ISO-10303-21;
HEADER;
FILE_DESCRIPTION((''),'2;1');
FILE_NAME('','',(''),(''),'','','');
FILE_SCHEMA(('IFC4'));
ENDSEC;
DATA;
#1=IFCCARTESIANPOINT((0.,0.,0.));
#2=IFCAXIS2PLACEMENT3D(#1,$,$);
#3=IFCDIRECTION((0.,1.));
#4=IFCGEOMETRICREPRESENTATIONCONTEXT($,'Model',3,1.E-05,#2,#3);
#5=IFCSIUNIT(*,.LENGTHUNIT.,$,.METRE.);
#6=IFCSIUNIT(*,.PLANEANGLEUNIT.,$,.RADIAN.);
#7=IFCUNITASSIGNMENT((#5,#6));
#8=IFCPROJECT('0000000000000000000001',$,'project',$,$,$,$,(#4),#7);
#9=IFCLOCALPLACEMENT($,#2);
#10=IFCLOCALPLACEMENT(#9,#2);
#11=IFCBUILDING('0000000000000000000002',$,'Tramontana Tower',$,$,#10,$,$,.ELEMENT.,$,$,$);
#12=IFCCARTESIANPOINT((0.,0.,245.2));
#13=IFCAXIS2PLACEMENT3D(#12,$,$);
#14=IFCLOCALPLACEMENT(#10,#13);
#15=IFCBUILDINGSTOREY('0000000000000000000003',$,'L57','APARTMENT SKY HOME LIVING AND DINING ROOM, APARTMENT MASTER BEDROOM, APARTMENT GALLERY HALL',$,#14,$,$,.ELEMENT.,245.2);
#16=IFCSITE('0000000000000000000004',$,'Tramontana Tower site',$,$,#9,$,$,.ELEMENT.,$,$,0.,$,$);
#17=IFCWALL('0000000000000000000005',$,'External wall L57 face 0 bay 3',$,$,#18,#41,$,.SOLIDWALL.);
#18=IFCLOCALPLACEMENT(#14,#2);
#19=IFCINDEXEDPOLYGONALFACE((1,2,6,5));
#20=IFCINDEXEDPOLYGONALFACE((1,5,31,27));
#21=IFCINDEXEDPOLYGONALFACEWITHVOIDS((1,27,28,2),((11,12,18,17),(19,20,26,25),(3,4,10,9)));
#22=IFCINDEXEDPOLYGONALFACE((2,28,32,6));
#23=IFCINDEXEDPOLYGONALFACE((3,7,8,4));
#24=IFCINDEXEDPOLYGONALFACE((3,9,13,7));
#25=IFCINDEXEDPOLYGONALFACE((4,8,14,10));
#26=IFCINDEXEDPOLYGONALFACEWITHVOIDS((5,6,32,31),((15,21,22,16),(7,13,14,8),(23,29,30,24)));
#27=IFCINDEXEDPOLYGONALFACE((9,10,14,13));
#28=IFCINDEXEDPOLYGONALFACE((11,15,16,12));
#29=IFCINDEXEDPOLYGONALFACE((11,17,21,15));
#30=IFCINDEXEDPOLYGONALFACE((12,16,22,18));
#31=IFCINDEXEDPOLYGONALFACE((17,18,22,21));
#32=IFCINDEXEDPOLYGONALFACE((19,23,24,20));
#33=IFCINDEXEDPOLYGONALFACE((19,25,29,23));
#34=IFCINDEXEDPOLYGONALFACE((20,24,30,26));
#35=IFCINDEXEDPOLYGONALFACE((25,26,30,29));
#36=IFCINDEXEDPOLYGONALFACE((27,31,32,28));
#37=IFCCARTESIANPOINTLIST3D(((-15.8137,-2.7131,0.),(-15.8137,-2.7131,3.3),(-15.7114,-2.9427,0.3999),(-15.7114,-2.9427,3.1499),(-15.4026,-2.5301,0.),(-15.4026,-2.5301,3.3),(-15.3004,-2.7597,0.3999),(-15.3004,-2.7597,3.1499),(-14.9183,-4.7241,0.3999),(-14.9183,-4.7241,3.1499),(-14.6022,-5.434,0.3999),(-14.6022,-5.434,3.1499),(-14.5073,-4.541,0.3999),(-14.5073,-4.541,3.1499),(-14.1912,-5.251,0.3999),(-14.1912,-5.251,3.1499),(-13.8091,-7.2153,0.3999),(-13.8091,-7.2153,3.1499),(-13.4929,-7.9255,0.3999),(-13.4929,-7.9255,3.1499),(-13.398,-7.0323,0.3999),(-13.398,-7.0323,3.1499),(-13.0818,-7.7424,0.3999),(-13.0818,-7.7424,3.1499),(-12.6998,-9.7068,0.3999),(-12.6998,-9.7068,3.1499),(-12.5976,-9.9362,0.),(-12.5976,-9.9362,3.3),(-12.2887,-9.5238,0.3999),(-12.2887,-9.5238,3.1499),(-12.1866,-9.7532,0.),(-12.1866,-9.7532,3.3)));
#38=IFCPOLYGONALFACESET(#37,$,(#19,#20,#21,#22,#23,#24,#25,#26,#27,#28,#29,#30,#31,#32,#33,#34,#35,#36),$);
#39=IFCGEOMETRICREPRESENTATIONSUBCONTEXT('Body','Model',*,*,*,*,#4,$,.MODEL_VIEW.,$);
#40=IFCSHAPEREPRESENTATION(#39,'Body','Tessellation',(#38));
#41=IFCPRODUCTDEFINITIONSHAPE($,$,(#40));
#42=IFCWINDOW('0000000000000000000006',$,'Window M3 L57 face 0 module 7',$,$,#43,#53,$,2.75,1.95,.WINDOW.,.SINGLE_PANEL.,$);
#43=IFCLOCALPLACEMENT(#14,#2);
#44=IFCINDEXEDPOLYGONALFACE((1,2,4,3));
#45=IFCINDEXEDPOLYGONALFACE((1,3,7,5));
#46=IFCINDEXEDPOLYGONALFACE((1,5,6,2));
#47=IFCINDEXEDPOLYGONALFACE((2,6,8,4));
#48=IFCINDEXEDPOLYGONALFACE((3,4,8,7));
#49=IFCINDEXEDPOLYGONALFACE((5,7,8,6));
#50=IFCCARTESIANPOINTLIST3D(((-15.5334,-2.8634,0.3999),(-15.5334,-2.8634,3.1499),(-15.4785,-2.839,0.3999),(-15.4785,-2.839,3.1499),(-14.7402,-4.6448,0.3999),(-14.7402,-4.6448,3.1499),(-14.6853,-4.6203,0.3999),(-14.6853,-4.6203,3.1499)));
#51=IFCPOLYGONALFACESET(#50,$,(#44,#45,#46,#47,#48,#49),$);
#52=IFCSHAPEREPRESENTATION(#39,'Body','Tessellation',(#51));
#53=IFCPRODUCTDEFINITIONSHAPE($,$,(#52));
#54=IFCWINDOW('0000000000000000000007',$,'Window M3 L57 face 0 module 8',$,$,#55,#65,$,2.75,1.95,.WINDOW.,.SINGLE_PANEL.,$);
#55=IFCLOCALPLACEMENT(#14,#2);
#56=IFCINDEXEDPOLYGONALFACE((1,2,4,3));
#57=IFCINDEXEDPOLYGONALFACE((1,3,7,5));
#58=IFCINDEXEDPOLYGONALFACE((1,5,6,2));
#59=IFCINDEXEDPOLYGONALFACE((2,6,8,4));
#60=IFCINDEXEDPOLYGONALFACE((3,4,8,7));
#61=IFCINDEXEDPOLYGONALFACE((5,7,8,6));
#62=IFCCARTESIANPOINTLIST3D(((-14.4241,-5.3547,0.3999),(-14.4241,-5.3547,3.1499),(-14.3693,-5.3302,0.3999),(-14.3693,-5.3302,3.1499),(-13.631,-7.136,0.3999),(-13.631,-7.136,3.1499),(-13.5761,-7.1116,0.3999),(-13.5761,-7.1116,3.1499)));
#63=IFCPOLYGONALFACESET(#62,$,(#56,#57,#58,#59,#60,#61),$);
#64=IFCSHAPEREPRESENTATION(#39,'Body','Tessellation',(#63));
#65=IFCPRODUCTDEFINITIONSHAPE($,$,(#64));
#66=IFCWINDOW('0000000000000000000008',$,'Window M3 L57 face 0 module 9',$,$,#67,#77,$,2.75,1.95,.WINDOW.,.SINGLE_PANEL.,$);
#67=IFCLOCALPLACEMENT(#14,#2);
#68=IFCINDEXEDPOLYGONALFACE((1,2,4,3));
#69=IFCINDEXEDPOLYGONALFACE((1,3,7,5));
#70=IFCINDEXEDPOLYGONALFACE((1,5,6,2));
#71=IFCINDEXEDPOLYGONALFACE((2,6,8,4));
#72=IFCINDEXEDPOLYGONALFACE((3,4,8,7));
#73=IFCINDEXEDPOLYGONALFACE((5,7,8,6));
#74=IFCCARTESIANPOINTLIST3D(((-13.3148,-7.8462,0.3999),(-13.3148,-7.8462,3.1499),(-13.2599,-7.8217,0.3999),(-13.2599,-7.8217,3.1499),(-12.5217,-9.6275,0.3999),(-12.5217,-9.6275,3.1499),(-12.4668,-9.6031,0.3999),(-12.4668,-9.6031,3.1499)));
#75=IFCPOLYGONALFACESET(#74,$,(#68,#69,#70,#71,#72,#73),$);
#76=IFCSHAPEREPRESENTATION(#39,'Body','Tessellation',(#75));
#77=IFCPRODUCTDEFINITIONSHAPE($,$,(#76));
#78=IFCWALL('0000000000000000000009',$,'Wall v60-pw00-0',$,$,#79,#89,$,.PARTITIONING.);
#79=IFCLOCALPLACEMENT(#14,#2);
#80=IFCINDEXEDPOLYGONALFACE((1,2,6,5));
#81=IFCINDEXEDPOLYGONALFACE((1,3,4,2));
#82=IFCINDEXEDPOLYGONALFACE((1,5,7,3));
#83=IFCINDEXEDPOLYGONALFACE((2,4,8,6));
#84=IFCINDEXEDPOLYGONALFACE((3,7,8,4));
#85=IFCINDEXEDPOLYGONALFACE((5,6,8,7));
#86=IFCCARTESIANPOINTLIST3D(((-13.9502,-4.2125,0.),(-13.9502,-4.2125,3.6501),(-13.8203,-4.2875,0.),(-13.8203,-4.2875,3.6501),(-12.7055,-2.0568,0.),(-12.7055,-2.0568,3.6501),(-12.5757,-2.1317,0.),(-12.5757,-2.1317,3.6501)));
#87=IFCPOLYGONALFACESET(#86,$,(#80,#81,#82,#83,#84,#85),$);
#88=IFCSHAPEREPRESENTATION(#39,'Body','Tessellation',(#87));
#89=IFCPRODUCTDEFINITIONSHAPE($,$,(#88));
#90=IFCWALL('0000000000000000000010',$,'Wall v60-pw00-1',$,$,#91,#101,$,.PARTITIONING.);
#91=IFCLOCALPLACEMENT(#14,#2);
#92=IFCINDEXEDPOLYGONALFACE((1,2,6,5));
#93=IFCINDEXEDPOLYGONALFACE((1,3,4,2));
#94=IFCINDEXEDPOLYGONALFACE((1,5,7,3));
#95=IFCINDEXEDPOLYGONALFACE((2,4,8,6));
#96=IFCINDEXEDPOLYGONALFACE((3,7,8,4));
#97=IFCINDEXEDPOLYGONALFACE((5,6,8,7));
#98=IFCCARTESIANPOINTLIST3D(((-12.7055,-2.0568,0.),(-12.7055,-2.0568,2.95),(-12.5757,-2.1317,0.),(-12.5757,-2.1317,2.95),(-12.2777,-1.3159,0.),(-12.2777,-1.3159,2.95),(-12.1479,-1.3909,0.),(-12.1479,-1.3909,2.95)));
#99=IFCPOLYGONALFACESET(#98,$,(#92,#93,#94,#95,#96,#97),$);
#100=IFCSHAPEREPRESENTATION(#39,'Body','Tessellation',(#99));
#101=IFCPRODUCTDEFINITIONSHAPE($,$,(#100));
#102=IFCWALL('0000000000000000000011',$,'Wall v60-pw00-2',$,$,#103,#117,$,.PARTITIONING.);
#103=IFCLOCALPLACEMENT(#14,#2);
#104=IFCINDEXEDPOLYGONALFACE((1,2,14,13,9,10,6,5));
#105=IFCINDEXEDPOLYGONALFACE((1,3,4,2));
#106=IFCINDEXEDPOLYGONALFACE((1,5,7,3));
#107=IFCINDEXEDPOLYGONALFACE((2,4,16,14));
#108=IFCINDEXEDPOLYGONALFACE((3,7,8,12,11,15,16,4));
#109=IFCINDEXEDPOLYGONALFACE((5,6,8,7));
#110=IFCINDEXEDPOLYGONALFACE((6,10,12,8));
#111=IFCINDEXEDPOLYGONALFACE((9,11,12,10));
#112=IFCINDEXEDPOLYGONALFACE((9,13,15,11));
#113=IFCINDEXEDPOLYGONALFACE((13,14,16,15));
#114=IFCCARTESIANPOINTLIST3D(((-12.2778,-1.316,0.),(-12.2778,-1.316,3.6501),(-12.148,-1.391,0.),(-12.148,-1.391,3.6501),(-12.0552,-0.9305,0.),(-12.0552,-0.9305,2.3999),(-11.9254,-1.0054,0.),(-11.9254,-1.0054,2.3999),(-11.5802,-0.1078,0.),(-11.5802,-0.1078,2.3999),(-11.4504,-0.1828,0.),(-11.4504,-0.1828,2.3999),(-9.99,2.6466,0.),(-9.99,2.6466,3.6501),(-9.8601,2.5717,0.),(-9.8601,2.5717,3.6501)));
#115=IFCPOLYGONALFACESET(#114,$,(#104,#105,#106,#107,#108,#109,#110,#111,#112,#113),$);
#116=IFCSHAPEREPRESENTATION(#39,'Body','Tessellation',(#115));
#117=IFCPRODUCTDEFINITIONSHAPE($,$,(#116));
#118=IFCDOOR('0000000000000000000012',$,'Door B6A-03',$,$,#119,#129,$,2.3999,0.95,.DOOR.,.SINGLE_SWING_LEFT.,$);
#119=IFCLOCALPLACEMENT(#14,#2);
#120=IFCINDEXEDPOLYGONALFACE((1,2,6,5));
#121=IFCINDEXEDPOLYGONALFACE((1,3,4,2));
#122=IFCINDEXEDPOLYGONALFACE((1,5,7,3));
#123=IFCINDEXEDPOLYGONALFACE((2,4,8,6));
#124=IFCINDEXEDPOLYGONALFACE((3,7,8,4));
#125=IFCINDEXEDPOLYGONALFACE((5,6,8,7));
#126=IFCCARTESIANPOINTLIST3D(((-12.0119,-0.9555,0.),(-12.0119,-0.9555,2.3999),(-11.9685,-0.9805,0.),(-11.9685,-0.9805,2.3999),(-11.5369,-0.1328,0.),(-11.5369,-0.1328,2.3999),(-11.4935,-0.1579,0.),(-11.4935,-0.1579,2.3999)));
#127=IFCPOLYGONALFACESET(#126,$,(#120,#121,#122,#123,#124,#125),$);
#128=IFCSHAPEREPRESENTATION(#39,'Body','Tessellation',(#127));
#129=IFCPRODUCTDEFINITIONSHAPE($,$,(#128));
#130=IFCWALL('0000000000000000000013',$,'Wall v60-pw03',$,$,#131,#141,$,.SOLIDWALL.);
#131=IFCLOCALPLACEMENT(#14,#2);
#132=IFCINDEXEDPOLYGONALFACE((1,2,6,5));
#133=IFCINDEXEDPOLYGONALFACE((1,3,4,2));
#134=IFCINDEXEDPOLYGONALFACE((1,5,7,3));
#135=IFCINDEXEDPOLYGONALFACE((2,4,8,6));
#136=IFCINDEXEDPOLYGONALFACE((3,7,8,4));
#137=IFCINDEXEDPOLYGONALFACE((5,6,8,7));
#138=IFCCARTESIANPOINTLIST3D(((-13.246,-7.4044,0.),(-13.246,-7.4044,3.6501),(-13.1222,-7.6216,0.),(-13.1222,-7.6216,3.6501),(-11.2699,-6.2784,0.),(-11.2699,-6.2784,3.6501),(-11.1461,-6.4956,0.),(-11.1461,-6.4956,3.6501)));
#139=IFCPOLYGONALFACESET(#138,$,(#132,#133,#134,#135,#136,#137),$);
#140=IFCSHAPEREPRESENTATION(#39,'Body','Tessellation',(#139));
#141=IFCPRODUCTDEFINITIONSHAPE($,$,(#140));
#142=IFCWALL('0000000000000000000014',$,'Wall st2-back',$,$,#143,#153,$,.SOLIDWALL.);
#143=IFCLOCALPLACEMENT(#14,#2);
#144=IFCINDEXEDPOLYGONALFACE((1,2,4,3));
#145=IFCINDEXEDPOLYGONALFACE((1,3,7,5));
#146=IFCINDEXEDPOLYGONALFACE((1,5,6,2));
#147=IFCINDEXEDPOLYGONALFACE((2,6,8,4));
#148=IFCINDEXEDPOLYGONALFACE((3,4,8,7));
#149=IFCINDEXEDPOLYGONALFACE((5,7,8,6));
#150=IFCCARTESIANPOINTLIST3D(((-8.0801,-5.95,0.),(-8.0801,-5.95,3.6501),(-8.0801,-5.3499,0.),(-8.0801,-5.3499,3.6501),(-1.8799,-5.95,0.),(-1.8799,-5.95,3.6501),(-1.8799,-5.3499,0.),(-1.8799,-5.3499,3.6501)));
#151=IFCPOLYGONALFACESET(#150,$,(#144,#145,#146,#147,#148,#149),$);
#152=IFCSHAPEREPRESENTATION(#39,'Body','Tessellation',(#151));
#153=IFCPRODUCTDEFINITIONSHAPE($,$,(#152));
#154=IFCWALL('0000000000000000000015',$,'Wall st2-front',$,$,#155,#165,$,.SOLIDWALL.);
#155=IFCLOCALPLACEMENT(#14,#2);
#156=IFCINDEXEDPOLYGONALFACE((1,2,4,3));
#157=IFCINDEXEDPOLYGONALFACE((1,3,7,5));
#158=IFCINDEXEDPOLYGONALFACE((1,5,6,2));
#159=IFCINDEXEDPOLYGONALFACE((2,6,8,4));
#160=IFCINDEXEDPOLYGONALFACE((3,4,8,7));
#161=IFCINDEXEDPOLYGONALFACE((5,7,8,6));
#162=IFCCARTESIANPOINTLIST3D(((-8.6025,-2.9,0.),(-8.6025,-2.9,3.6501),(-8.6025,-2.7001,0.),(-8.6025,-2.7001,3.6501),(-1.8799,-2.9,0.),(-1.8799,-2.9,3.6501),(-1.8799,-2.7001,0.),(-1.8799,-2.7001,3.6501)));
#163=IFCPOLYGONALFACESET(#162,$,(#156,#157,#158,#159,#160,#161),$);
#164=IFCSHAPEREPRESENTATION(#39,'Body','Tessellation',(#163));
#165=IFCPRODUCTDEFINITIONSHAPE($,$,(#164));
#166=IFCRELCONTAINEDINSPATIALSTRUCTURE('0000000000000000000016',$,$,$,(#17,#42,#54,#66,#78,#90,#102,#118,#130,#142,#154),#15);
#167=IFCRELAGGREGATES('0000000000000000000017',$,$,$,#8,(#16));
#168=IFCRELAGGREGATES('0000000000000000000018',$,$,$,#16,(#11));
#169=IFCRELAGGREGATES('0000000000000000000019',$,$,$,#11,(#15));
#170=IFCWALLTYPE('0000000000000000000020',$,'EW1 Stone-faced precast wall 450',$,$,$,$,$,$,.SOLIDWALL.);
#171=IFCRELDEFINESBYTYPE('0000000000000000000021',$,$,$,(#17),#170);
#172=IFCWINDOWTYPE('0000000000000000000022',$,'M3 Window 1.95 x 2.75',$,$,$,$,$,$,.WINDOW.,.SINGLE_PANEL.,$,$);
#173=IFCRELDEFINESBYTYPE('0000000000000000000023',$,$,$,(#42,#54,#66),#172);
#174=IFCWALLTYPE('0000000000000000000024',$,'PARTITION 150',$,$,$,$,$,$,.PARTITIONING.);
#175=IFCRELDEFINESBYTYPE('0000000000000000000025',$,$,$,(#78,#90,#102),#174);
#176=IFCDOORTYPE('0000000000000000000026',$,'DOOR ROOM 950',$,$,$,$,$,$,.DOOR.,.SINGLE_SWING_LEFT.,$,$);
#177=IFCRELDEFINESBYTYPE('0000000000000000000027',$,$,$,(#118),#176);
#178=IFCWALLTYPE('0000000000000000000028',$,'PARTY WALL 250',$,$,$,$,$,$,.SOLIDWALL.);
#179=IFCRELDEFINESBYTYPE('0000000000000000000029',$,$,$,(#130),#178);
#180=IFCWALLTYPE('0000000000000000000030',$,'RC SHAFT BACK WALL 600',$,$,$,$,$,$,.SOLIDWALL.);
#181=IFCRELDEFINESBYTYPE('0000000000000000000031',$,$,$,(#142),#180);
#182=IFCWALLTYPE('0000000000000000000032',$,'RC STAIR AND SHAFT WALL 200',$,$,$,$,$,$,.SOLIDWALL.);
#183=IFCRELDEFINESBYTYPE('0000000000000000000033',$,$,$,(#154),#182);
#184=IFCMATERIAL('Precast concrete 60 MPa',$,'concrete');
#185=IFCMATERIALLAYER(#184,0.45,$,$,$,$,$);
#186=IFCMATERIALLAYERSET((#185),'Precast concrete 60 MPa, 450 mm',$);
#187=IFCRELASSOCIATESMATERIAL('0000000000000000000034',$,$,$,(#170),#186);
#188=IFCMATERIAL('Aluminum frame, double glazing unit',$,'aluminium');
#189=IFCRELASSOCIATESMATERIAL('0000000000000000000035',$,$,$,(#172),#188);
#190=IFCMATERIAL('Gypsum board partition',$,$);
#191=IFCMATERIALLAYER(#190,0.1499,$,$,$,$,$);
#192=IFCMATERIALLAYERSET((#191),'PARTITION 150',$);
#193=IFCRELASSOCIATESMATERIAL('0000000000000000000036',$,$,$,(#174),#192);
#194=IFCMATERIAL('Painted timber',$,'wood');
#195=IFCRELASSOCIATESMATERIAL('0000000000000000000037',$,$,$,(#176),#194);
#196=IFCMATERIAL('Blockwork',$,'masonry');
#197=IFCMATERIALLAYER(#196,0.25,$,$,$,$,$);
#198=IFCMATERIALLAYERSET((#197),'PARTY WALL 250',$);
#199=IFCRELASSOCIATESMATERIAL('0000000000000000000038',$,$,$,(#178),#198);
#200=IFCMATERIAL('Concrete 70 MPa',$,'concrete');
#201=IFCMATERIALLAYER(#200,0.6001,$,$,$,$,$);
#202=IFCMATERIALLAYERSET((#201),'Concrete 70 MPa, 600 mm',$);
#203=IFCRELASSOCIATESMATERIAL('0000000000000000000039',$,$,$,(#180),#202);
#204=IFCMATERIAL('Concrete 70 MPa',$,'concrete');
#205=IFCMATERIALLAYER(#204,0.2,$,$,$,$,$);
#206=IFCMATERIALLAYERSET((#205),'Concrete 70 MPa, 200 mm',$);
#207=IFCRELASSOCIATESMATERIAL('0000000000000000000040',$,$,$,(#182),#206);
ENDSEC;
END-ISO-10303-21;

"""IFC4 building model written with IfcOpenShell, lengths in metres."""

from ifc_helpers import new_model, si_unit, direction, frame, frame_2d, origin, place, context, subcontext, project, spatial, rectangle, extrude, material, layer, layer_set, type_object, element, fill, save


model = new_model("IFC4")

# Units and contexts
model_context = context("Model", 3, precision=1e-05, world=origin(), true_north=direction((0.0, 1.0)))
body_context = subcontext(model_context, "Body", "Model", "MODEL_VIEW")
ifc_project = project(units=[si_unit("LENGTHUNIT", "METRE"), si_unit("PLANEANGLEUNIT", "RADIAN")], contexts=[model_context])

# Site, building, storey
site_placement = place(None, origin())
site = spatial("IfcSite", under=ifc_project, at=site_placement, Name="Tramontana Tower site", CompositionType="ELEMENT", RefElevation=0.0)
building_placement = place(site_placement, origin())
building = spatial("IfcBuilding", under=site, at=building_placement, Name="Tramontana Tower", CompositionType="ELEMENT")
storey_placement = place(building_placement, frame((0.0, 0.0, 245.2)))
storey = spatial("IfcBuildingStorey", under=building, at=storey_placement, Name="L57", Description="APARTMENT SKY HOME LIVING AND DINING ROOM, APARTMENT MASTER BEDROOM, APARTMENT GALLERY HALL", CompositionType="ELEMENT", Elevation=245.2)

# Wall, openings, windows
ifc_material_1 = material(Name="Precast concrete 60 MPa", Category="concrete")
ifc_layer_1 = layer(ifc_material_1, 0.45)
ifc_layer_set_1 = layer_set([ifc_layer_1], Name="Precast concrete 60 MPa, 450 mm")
wall_type_1 = type_object("IfcWallType", Name="EW1 Stone-faced precast wall 450", PredefinedType="SOLIDWALL", material=ifc_layer_set_1)
wall_1_placement = place(storey_placement, frame((-15.6082, -2.6216, 0.0), z_axis=(0.0, 0.0, 1.0), x_axis=(0.406749, -0.91354, 0.0)))
wall_1 = element("IfcWall", 1, at=wall_1_placement, inside=storey, type_object=wall_type_1, Name="External wall L57 face 0 bay 3", PredefinedType="SOLIDWALL", context=body_context, shape_type="SweptSolid", body=[
    extrude(rectangle(XDim=7.9067, YDim=0.45, at=frame_2d((3.9534, 0.0))), origin(), (0.0, 0.0, 1.0), 3.3),
])
opening_1_placement = place(wall_1_placement, frame((0.2512, 0.0, 0.3999)))
opening_1 = element("IfcOpeningElement", 2, at=opening_1_placement, cuts=wall_1, PredefinedType="OPENING", context=body_context, shape_type="SweptSolid", body=[
    extrude(rectangle(XDim=1.95, YDim=2.75, at=frame_2d((0.9751, 1.375))), frame((0.0, 0.2349, 0.0), z_axis=(0.0, -1.0, 0.0), x_axis=(1.0, 0.0, 0.0)), (0.0, 0.0, 1.0), 0.47),
])
opening_2_placement = place(wall_1_placement, frame((2.9783, 0.0, 0.3999)))
opening_2 = element("IfcOpeningElement", 3, at=opening_2_placement, cuts=wall_1, PredefinedType="OPENING", context=body_context, shape_type="SweptSolid", body=[
    extrude(rectangle(XDim=1.95, YDim=2.75, at=frame_2d((0.9751, 1.375))), frame((0.0, 0.2349, 0.0), z_axis=(0.0, -1.0, 0.0), x_axis=(1.0, 0.0, 0.0)), (0.0, 0.0, 1.0), 0.47),
])
opening_3_placement = place(wall_1_placement, frame((5.7056, 0.0, 0.3999)))
opening_3 = element("IfcOpeningElement", 4, at=opening_3_placement, cuts=wall_1, PredefinedType="OPENING", context=body_context, shape_type="SweptSolid", body=[
    extrude(rectangle(XDim=1.95, YDim=2.75, at=frame_2d((0.9751, 1.375))), frame((0.0, 0.2349, 0.0), z_axis=(0.0, -1.0, 0.0), x_axis=(1.0, 0.0, 0.0)), (0.0, 0.0, 1.0), 0.47),
])
ifc_material_2 = material(Name="Aluminum frame, double glazing unit", Category="aluminium")
window_type = type_object("IfcWindowType", Name="M3 Window 1.95 x 2.75", PartitioningType="SINGLE_PANEL", PredefinedType="WINDOW", material=ifc_material_2)
window_1_placement = place(opening_1_placement, origin())
window_1 = element("IfcWindow", 5, at=window_1_placement, inside=storey, type_object=window_type, Name="Window M3 L57 face 0 module 7", OverallHeight=2.75, OverallWidth=1.95, PartitioningType="SINGLE_PANEL", PredefinedType="WINDOW", context=body_context, shape_type="SweptSolid", body=[
    extrude(rectangle(XDim=1.95, YDim=2.75, at=frame_2d((0.9751, 1.375))), frame((0.0, 0.03, 0.0), z_axis=(0.0, -1.0, 0.0), x_axis=(1.0, 0.0, 0.0)), (0.0, 0.0, 1.0), 0.0601),
])
fill(opening_1, window_1)
window_2_placement = place(opening_2_placement, origin())
window_2 = element("IfcWindow", 6, at=window_2_placement, inside=storey, type_object=window_type, Name="Window M3 L57 face 0 module 8", OverallHeight=2.75, OverallWidth=1.95, PartitioningType="SINGLE_PANEL", PredefinedType="WINDOW", context=body_context, shape_type="SweptSolid", body=[
    extrude(rectangle(XDim=1.95, YDim=2.75, at=frame_2d((0.9751, 1.375))), frame((0.0, 0.03, 0.0), z_axis=(0.0, -1.0, 0.0), x_axis=(1.0, 0.0, 0.0)), (0.0, 0.0, 1.0), 0.0601),
])
fill(opening_2, window_2)
window_3_placement = place(opening_3_placement, origin())
window_3 = element("IfcWindow", 7, at=window_3_placement, inside=storey, type_object=window_type, Name="Window M3 L57 face 0 module 9", OverallHeight=2.75, OverallWidth=1.95, PartitioningType="SINGLE_PANEL", PredefinedType="WINDOW", context=body_context, shape_type="SweptSolid", body=[
    extrude(rectangle(XDim=1.95, YDim=2.75, at=frame_2d((0.9751, 1.375))), frame((0.0, 0.03, 0.0), z_axis=(0.0, -1.0, 0.0), x_axis=(1.0, 0.0, 0.0)), (0.0, 0.0, 1.0), 0.0601),
])
fill(opening_3, window_3)

# Walls
ifc_material_3 = material(Name="Gypsum board partition")
ifc_layer_2 = layer(ifc_material_3, 0.1499)
ifc_layer_set_2 = layer_set([ifc_layer_2], Name="PARTITION 150")
wall_type_2 = type_object("IfcWallType", Name="PARTITION 150", PredefinedType="PARTITIONING", material=ifc_layer_set_2)
wall_2_placement = place(storey_placement, frame((-13.8853, -4.25, 0.0), z_axis=(0.0, 0.0, 1.0), x_axis=(0.5, 0.866026, 0.0)))
element("IfcWall", 8, at=wall_2_placement, inside=storey, type_object=wall_type_2, Name="Wall v60-pw00-0", PredefinedType="PARTITIONING", context=body_context, shape_type="SweptSolid", body=[
    extrude(rectangle(XDim=2.4893, YDim=0.1499, at=frame_2d((1.2446, 0.0))), origin(), (0.0, 0.0, 1.0), 3.6501),
])
wall_3_placement = place(storey_placement, frame((-12.6406, -2.0942, 0.0), z_axis=(0.0, 0.0, 1.0), x_axis=(0.500068, 0.865986, 0.0)))
element("IfcWall", 9, at=wall_3_placement, inside=storey, type_object=wall_type_2, Name="Wall v60-pw00-1", PredefinedType="PARTITIONING", context=body_context, shape_type="SweptSolid", body=[
    extrude(rectangle(XDim=0.8555, YDim=0.1499, at=frame_2d((0.4277, 0.0))), origin(), (0.0, 0.0, 1.0), 2.95),
])

# Wall, opening, door
wall_4_placement = place(storey_placement, frame((-12.2129, -1.3535, 0.0), z_axis=(0.0, 0.0, 1.0), x_axis=(0.500001, 0.866025, 0.0)))
wall_4 = element("IfcWall", 10, at=wall_4_placement, inside=storey, type_object=wall_type_2, Name="Wall v60-pw00-2", PredefinedType="PARTITIONING", context=body_context, shape_type="SweptSolid", body=[
    extrude(rectangle(XDim=4.5757, YDim=0.1499, at=frame_2d((2.2878, 0.0))), origin(), (0.0, 0.0, 1.0), 3.6501),
])
opening_4_placement = place(wall_4_placement, frame((0.4451, 0.0, 0.0)))
opening_4 = element("IfcOpeningElement", 11, at=opening_4_placement, cuts=wall_4, PredefinedType="OPENING", context=body_context, shape_type="SweptSolid", body=[
    extrude(rectangle(XDim=0.95, YDim=2.3999, at=frame_2d((0.4751, 1.2))), frame((0.0, 0.085, 0.0), z_axis=(0.0, -1.0, 0.0), x_axis=(1.0, 0.0, 0.0)), (0.0, 0.0, 1.0), 0.1699),
])
ifc_material_4 = material(Name="Painted timber", Category="wood")
door_type_1 = type_object("IfcDoorType", Name="DOOR ROOM 950", OperationType="SINGLE_SWING_LEFT", PredefinedType="DOOR", material=ifc_material_4)
door_1_placement = place(opening_4_placement, origin())
door_1 = element("IfcDoor", 12, at=door_1_placement, inside=storey, type_object=door_type_1, Name="Door B6A-03", OperationType="SINGLE_SWING_LEFT", OverallHeight=2.3999, OverallWidth=0.95, PredefinedType="DOOR", context=body_context, shape_type="SweptSolid", body=[
    extrude(rectangle(XDim=0.95, YDim=2.3999, at=frame_2d((0.4751, 1.2))), frame((0.0, 0.0249, 0.0), z_axis=(0.0, -1.0, 0.0), x_axis=(1.0, 0.0, 0.0)), (0.0, 0.0, 1.0), 0.05),
])
fill(opening_4, door_1)

# Walls
ifc_material_5 = material(Name="Blockwork", Category="masonry")
ifc_layer_3 = layer(ifc_material_5, 0.25)
ifc_layer_set_3 = layer_set([ifc_layer_3], Name="PARTY WALL 250")
wall_type_3 = type_object("IfcWallType", Name="PARTY WALL 250", PredefinedType="SOLIDWALL", material=ifc_layer_set_3)
wall_5_placement = place(storey_placement, frame((-11.208, -6.387, 0.0), z_axis=(0.0, 0.0, 1.0), x_axis=(-0.86885, -0.495075, 0.0)))
element("IfcWall", 13, at=wall_5_placement, inside=storey, type_object=wall_type_3, Name="Wall v60-pw03", PredefinedType="SOLIDWALL", context=body_context, shape_type="SweptSolid", body=[
    extrude(rectangle(XDim=2.2744, YDim=0.25, at=frame_2d((1.1372, 0.0))), origin(), (0.0, 0.0, 1.0), 3.6501),
])
ifc_material_6 = material(Name="Concrete 70 MPa", Category="concrete")
ifc_layer_4 = layer(ifc_material_6, 0.6001)
ifc_layer_set_4 = layer_set([ifc_layer_4], Name="Concrete 70 MPa, 600 mm")
wall_type_4 = type_object("IfcWallType", Name="RC SHAFT BACK WALL 600", PredefinedType="SOLIDWALL", material=ifc_layer_set_4)
wall_6_placement = place(storey_placement, frame((-8.0801, -5.6499, 0.0), z_axis=(0.0, 0.0, 1.0), x_axis=(1.0, 0.0, 0.0)))
element("IfcWall", 14, at=wall_6_placement, inside=storey, type_object=wall_type_4, Name="Wall st2-back", PredefinedType="SOLIDWALL", context=body_context, shape_type="SweptSolid", body=[
    extrude(rectangle(XDim=6.2002, YDim=0.6001, at=frame_2d((3.1001, 0.0))), origin(), (0.0, 0.0, 1.0), 3.6501),
])
ifc_material_7 = material(Name="Concrete 70 MPa", Category="concrete")
ifc_layer_5 = layer(ifc_material_7, 0.2)
ifc_layer_set_5 = layer_set([ifc_layer_5], Name="Concrete 70 MPa, 200 mm")
wall_type_5 = type_object("IfcWallType", Name="RC STAIR AND SHAFT WALL 200", PredefinedType="SOLIDWALL", material=ifc_layer_set_5)
wall_7_placement = place(storey_placement, frame((-8.6025, -2.8, 0.0), z_axis=(0.0, 0.0, 1.0), x_axis=(1.0, 0.0, 0.0)))
element("IfcWall", 15, at=wall_7_placement, inside=storey, type_object=wall_type_5, Name="Wall st2-front", PredefinedType="SOLIDWALL", context=body_context, shape_type="SweptSolid", body=[
    extrude(rectangle(XDim=6.7227, YDim=0.2, at=frame_2d((3.3613, 0.0))), origin(), (0.0, 0.0, 1.0), 3.6501),
])

save(model, "model.ifc")
